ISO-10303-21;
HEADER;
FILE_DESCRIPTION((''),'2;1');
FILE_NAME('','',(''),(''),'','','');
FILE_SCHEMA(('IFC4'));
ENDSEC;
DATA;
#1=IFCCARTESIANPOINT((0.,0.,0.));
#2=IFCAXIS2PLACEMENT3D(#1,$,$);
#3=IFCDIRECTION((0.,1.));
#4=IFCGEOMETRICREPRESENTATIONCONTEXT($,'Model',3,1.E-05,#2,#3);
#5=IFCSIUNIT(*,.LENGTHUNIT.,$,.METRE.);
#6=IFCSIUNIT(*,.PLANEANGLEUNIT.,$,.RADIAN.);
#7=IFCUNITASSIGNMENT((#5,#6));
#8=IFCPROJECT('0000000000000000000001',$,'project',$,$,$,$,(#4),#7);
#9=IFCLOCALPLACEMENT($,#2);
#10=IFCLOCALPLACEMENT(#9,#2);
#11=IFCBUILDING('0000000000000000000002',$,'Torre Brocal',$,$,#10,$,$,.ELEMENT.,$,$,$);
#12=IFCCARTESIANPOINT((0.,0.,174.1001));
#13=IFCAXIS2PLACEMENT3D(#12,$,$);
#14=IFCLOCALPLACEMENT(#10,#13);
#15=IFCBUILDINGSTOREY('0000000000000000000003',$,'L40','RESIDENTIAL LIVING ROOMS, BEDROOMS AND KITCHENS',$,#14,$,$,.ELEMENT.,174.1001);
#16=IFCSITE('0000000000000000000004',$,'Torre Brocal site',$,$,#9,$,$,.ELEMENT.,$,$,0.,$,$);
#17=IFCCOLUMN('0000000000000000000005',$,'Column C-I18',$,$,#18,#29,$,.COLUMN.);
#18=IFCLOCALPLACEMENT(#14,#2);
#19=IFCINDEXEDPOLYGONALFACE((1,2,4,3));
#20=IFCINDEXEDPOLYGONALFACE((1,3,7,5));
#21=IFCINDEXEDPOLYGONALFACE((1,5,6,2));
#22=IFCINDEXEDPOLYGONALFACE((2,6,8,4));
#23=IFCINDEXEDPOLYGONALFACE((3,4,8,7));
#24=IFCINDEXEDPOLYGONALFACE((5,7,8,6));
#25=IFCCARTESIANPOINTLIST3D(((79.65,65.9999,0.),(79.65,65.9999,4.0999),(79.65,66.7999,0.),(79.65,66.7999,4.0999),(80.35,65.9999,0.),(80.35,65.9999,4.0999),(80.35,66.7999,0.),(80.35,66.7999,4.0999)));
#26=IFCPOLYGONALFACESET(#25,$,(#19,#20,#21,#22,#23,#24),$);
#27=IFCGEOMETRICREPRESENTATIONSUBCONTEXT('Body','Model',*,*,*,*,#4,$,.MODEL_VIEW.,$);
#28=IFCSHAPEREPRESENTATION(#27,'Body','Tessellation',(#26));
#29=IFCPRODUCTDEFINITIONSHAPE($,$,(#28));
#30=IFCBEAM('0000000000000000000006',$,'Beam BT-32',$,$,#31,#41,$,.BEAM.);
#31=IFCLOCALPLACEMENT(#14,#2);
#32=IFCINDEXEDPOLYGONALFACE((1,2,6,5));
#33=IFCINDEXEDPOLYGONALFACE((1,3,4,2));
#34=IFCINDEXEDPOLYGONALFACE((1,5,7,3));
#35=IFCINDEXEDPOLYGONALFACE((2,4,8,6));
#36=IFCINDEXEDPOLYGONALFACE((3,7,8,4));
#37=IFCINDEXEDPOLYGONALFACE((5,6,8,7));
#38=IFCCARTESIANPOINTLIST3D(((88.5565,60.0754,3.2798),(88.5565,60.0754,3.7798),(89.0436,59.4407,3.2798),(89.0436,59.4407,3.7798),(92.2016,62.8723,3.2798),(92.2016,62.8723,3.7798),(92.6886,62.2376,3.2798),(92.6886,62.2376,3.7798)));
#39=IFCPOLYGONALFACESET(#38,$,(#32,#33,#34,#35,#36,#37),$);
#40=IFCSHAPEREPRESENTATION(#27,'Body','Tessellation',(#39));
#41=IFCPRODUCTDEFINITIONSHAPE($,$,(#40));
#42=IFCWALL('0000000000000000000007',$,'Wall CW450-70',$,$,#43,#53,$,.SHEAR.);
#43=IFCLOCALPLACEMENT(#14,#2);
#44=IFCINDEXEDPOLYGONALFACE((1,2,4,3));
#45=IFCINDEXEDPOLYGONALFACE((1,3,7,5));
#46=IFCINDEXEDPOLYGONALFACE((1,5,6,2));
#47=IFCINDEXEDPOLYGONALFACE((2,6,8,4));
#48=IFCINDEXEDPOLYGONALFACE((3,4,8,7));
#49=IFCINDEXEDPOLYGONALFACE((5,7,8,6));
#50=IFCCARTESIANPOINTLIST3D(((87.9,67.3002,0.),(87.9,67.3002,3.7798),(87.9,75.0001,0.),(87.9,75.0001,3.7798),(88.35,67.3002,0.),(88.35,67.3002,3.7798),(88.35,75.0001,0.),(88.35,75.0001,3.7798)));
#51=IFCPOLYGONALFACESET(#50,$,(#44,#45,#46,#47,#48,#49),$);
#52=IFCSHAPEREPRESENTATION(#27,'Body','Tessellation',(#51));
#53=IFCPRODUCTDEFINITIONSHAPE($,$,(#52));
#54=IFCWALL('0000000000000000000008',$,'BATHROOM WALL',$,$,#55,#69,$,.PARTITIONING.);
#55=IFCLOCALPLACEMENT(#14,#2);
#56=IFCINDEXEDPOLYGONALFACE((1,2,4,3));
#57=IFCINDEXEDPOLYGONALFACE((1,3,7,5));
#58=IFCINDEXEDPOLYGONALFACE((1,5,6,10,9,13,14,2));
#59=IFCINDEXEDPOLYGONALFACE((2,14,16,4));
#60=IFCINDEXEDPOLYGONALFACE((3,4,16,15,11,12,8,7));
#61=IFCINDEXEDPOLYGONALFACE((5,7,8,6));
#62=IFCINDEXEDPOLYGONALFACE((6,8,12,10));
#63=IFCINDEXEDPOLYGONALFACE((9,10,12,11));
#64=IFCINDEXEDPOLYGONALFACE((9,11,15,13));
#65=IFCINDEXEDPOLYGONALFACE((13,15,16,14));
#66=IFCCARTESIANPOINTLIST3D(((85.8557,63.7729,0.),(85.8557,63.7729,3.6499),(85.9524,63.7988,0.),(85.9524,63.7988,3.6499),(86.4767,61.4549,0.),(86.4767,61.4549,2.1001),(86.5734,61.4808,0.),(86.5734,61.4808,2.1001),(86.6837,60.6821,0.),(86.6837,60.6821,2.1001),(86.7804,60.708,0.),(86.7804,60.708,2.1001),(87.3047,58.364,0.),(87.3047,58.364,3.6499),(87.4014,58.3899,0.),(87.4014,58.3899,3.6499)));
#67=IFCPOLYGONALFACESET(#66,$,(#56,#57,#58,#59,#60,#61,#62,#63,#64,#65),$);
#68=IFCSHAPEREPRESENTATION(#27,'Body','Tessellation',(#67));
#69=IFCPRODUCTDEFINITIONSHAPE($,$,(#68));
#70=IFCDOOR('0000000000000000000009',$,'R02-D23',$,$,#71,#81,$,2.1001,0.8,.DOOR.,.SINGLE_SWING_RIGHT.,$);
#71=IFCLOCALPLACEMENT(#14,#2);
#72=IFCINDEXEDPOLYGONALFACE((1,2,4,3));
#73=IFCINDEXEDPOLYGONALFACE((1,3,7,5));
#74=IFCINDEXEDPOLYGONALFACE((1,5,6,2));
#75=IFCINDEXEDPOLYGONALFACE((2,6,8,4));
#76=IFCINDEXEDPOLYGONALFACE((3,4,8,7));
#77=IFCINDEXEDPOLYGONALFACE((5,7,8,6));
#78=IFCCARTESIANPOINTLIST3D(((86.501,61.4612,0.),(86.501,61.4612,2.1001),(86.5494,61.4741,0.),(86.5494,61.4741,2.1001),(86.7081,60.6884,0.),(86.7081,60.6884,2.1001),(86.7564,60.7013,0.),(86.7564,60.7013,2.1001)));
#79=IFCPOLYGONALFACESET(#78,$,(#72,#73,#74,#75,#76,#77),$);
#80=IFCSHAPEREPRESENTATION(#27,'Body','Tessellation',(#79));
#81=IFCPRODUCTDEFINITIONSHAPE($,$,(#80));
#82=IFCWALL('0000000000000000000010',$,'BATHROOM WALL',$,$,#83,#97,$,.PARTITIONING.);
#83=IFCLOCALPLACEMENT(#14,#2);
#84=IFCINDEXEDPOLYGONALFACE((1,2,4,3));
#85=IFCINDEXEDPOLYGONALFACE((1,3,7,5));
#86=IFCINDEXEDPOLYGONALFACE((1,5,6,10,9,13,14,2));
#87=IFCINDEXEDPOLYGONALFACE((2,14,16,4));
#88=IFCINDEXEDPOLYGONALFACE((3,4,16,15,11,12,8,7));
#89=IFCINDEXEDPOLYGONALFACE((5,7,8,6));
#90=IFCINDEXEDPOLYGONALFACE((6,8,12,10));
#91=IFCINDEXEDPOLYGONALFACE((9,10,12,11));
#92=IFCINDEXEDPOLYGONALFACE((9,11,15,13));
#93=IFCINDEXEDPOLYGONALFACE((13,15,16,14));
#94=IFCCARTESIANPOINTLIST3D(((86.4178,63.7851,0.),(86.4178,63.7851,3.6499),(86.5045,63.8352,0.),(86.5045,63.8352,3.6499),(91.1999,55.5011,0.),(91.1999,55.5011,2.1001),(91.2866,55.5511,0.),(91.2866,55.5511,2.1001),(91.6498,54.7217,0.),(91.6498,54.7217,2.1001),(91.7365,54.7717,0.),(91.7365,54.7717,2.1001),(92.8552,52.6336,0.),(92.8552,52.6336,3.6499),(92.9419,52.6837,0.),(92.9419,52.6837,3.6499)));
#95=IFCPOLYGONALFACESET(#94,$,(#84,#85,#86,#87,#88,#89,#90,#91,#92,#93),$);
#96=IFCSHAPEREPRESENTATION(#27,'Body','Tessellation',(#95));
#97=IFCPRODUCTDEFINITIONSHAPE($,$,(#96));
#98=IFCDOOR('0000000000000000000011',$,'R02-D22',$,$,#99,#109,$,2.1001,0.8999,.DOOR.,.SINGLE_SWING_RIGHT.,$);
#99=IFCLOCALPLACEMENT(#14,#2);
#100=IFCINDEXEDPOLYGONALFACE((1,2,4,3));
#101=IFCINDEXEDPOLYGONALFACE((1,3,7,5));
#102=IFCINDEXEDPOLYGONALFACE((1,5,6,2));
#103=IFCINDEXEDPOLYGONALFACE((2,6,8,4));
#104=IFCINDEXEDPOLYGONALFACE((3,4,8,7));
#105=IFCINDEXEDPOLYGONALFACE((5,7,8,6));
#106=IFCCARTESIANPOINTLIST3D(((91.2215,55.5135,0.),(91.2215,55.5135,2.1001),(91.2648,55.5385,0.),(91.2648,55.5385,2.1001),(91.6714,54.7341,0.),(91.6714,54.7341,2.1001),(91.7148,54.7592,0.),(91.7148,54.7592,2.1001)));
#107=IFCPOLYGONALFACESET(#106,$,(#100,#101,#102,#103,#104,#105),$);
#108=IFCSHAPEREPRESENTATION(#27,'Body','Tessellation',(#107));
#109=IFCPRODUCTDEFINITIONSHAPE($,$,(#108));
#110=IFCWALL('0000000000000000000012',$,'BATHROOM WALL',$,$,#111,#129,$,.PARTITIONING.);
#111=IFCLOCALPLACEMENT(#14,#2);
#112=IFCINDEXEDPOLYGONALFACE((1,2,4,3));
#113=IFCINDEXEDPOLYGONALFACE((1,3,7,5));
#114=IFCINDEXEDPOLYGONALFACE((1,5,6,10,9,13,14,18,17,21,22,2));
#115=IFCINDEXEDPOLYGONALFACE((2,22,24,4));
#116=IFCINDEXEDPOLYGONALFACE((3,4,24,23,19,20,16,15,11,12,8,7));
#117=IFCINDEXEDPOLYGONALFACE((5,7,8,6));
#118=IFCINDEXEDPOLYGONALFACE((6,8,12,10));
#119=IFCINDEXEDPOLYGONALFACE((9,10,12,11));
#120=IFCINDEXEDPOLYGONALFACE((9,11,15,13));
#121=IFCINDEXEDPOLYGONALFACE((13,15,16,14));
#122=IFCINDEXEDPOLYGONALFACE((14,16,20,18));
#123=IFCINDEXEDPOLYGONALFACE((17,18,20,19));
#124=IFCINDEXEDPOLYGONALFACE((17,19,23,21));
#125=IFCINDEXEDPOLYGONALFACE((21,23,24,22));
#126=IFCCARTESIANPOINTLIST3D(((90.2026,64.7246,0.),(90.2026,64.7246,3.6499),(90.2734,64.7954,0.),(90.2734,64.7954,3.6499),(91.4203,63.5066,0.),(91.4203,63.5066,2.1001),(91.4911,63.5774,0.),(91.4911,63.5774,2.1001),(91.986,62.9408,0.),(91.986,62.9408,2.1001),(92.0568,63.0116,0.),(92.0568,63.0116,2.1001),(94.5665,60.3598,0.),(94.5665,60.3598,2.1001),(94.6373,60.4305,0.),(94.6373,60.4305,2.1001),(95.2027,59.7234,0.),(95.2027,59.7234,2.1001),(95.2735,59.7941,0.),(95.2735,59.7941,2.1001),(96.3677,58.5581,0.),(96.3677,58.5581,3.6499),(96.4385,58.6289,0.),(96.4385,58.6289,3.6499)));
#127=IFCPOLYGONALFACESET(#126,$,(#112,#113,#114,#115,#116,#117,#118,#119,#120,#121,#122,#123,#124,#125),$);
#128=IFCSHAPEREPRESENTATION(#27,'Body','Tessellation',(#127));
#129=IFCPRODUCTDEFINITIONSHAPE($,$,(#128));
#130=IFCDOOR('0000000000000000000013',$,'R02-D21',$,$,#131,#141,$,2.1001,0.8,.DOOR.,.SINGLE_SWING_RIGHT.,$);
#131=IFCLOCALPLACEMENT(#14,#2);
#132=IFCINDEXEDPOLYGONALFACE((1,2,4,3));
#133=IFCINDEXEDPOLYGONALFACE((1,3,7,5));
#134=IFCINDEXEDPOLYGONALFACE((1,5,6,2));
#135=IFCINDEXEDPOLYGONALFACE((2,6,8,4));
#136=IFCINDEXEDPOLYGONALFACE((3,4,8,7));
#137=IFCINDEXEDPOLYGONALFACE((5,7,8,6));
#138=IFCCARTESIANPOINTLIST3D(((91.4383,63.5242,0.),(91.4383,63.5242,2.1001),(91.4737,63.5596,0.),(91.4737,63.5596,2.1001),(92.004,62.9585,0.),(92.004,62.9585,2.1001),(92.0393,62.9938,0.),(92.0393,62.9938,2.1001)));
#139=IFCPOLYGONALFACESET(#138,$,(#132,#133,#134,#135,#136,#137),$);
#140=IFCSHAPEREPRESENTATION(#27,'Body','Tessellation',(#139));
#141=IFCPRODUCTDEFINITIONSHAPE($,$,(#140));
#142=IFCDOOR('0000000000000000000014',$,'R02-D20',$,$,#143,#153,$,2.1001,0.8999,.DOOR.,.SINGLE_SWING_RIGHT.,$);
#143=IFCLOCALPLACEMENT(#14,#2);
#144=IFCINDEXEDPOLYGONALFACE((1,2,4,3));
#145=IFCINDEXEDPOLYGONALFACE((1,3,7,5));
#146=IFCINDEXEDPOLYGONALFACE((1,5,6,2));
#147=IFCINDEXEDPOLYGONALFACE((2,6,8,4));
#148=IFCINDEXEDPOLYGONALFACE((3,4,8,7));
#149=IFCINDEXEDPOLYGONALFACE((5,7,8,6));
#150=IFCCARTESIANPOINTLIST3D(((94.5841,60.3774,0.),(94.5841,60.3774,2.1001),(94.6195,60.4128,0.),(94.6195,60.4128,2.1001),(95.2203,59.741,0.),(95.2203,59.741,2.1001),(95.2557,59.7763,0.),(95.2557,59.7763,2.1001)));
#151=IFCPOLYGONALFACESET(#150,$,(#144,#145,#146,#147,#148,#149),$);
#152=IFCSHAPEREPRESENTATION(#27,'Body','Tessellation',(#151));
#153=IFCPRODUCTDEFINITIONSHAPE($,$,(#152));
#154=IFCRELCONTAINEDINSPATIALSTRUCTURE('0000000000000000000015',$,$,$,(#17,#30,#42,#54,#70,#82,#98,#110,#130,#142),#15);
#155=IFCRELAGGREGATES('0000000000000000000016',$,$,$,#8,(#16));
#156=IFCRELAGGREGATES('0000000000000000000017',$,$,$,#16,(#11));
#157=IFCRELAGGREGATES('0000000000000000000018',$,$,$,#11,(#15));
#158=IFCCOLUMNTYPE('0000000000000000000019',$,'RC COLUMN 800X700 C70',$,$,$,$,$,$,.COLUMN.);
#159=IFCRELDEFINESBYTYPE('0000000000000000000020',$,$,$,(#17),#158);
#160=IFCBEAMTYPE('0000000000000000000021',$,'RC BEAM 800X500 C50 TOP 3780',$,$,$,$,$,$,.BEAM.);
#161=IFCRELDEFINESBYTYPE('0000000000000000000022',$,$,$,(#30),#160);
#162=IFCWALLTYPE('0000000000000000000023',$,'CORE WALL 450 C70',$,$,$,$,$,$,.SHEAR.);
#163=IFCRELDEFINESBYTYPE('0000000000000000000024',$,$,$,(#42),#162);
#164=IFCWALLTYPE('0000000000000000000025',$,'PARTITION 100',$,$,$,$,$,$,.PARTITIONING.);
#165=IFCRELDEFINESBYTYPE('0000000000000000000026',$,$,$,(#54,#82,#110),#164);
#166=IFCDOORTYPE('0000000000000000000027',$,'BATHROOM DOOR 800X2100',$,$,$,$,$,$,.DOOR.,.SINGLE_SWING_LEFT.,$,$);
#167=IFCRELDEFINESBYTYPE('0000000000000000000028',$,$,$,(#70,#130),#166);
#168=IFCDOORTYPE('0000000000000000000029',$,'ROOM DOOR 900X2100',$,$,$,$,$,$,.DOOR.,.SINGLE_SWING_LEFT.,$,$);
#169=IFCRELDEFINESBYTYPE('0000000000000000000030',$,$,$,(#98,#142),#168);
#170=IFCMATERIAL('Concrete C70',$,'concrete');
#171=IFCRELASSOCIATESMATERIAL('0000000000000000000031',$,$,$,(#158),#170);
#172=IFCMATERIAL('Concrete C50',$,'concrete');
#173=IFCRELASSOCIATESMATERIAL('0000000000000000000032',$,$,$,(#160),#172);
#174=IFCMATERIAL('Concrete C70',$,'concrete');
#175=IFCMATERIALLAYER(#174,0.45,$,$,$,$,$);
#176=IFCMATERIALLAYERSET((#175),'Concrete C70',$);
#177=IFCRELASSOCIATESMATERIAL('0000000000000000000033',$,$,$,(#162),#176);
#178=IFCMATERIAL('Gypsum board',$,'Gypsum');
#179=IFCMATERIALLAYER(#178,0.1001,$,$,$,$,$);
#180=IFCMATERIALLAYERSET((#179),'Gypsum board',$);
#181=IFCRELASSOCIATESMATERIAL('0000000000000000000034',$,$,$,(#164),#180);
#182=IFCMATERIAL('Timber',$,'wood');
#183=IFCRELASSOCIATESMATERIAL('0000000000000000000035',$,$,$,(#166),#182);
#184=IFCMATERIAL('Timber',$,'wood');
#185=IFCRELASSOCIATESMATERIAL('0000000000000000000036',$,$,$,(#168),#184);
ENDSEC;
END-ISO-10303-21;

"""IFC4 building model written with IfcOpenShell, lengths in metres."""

from ifc_helpers import new_model, si_unit, direction, frame, frame_2d, origin, origin_2d, place, context, subcontext, project, spatial, rectangle, extrude, material, layer, layer_set, material_profile, profile_set, type_object, element, fill, save


model = new_model("IFC4")

# Units and contexts
model_context = context("Model", 3, precision=1e-05, world=origin(), true_north=direction((0.0, 1.0)))
body_context = subcontext(model_context, "Body", "Model", "MODEL_VIEW")
ifc_project = project(units=[si_unit("LENGTHUNIT", "METRE"), si_unit("PLANEANGLEUNIT", "RADIAN")], contexts=[model_context])

# Site, building, storey
site_placement = place(None, origin())
site = spatial("IfcSite", under=ifc_project, at=site_placement, Name="Torre Brocal site", CompositionType="ELEMENT", RefElevation=0.0)
building_placement = place(site_placement, origin())
building = spatial("IfcBuilding", under=site, at=building_placement, Name="Torre Brocal", CompositionType="ELEMENT")
storey_placement = place(building_placement, frame((0.0, 0.0, 174.1001)))
storey = spatial("IfcBuildingStorey", under=building, at=storey_placement, Name="L40", Description="RESIDENTIAL LIVING ROOMS, BEDROOMS AND KITCHENS", CompositionType="ELEMENT", Elevation=174.1001)

# Column
ifc_material_1 = material(Name="Concrete C70", Category="concrete")
ifc_material_profile_1 = material_profile(ifc_material_1, rectangle(XDim=0.8, YDim=0.7, at=origin_2d()), Name="RC 800X700")
ifc_profile_set_1 = profile_set([ifc_material_profile_1], Name="Concrete C70")
column_type = type_object("IfcColumnType", Name="RC COLUMN 800X700 C70", PredefinedType="COLUMN", material=ifc_profile_set_1)
column_placement = place(storey_placement, frame((80.0, 66.3999, 0.0), z_axis=(0.0, 0.0, 1.0), x_axis=(0.0, -1.0, 0.0)))
element("IfcColumn", 1, at=column_placement, inside=storey, type_object=column_type, Name="Column C-I18", PredefinedType="COLUMN", context=body_context, shape_type="SweptSolid", body=[
    extrude(rectangle(XDim=0.8, YDim=0.7, at=origin_2d()), origin(), (0.0, 0.0, 1.0), 4.0999),
])

# Beam
ifc_material_2 = material(Name="Concrete C50", Category="concrete")
ifc_material_profile_2 = material_profile(ifc_material_2, rectangle(XDim=0.8, YDim=0.5, at=origin_2d()), Name="RC 800X500")
ifc_profile_set_2 = profile_set([ifc_material_profile_2], Name="Concrete C50")
beam_type = type_object("IfcBeamType", Name="RC BEAM 800X500 C50 TOP 3780", PredefinedType="BEAM", material=ifc_profile_set_2)
beam_placement = place(storey_placement, frame((88.8, 59.7581, 3.5298), z_axis=(0.793358, 0.608755, 0.0), x_axis=(-0.608755, 0.793358, 0.0)))
element("IfcBeam", 2, at=beam_placement, inside=storey, type_object=beam_type, Name="Beam BT-32", PredefinedType="BEAM", context=body_context, shape_type="SweptSolid", body=[
    extrude(rectangle(XDim=0.8, YDim=0.5, at=origin_2d()), origin(), (0.0, 0.0, 1.0), 4.5945),
])

# Wall
ifc_material_3 = material(Name="Concrete C70", Category="concrete")
ifc_layer_1 = layer(ifc_material_3, 0.45)
ifc_layer_set_1 = layer_set([ifc_layer_1], Name="Concrete C70")
wall_type_1 = type_object("IfcWallType", Name="CORE WALL 450 C70", PredefinedType="SHEAR", material=ifc_layer_set_1)
wall_1_placement = place(storey_placement, frame((88.125, 67.3, 0.0), z_axis=(0.0, 0.0, 1.0), x_axis=(0.0, 1.0, 0.0)))
element("IfcWall", 3, at=wall_1_placement, inside=storey, type_object=wall_type_1, Name="Wall CW450-70", PredefinedType="SHEAR", context=body_context, shape_type="SweptSolid", body=[
    extrude(rectangle(XDim=7.7, YDim=0.45, at=frame_2d((3.8501, 0.0))), origin(), (0.0, 0.0, 1.0), 3.7798),
])

# Walls, openings, doors
ifc_material_4 = material(Name="Gypsum board", Category="Gypsum")
ifc_layer_2 = layer(ifc_material_4, 0.1001)
ifc_layer_set_2 = layer_set([ifc_layer_2], Name="Gypsum board")
wall_type_2 = type_object("IfcWallType", Name="PARTITION 100", PredefinedType="PARTITIONING", material=ifc_layer_set_2)
wall_2_placement = place(storey_placement, frame((85.9041, 63.7859, 0.0), z_axis=(0.0, 0.0, 1.0), x_axis=(0.258762, -0.965941, 0.0)))
wall_2 = element("IfcWall", 4, at=wall_2_placement, inside=storey, type_object=wall_type_2, Name="BATHROOM WALL", PredefinedType="PARTITIONING", context=body_context, shape_type="SweptSolid", body=[
    extrude(rectangle(XDim=5.5996, YDim=0.1001, at=frame_2d((2.7998, 0.0))), origin(), (0.0, 0.0, 1.0), 3.6499),
])
opening_1_placement = place(wall_2_placement, frame((2.3999, 0.0, 0.0)))
opening_1 = element("IfcOpeningElement", 5, at=opening_1_placement, cuts=wall_2, PredefinedType="OPENING", context=body_context, shape_type="SweptSolid", body=[
    extrude(rectangle(XDim=0.8, YDim=2.1001, at=frame_2d((0.3999, 1.05))), frame((0.0, 0.0601, 0.0), z_axis=(0.0, -1.0, 0.0), x_axis=(1.0, 0.0, 0.0)), (0.0, 0.0, 1.0), 0.1201),
])
ifc_material_5 = material(Name="Timber", Category="wood")
door_type_1 = type_object("IfcDoorType", Name="BATHROOM DOOR 800X2100", OperationType="SINGLE_SWING_LEFT", PredefinedType="DOOR", material=ifc_material_5)
door_1_placement = place(opening_1_placement, frame((0.8, 0.0, 0.0), z_axis=(0.0, 0.0, 1.0), x_axis=(-1.0, 0.0, 0.0)))
door_1 = element("IfcDoor", 6, at=door_1_placement, inside=storey, type_object=door_type_1, Name="R02-D23", OperationType="SINGLE_SWING_RIGHT", OverallHeight=2.1001, OverallWidth=0.8, PredefinedType="DOOR", context=body_context, shape_type="SweptSolid", body=[
    extrude(rectangle(XDim=0.8, YDim=2.1001, at=frame_2d((0.3999, 1.05))), frame((0.0, 0.0249, 0.0), z_axis=(0.0, -1.0, 0.0), x_axis=(1.0, 0.0, 0.0)), (0.0, 0.0, 1.0), 0.05),
])
fill(opening_1, door_1)
wall_3_placement = place(storey_placement, frame((86.4612, 63.8101, 0.0), z_axis=(0.0, 0.0, 1.0), x_axis=(0.499948, -0.866055, 0.0)))
wall_3 = element("IfcWall", 7, at=wall_3_placement, inside=storey, type_object=wall_type_2, Name="BATHROOM WALL", PredefinedType="PARTITIONING", context=body_context, shape_type="SweptSolid", body=[
    extrude(rectangle(XDim=12.8762, YDim=0.1001, at=frame_2d((6.438, 0.0))), origin(), (0.0, 0.0, 1.0), 3.6499),
])
opening_2_placement = place(wall_3_placement, frame((9.5652, 0.0, 0.0)))
opening_2 = element("IfcOpeningElement", 8, at=opening_2_placement, cuts=wall_3, PredefinedType="OPENING", context=body_context, shape_type="SweptSolid", body=[
    extrude(rectangle(XDim=0.8999, YDim=2.1001, at=frame_2d((0.45, 1.05))), frame((0.0, 0.0601, 0.0), z_axis=(0.0, -1.0, 0.0), x_axis=(1.0, 0.0, 0.0)), (0.0, 0.0, 1.0), 0.1201),
])
ifc_material_6 = material(Name="Timber", Category="wood")
door_type_2 = type_object("IfcDoorType", Name="ROOM DOOR 900X2100", OperationType="SINGLE_SWING_LEFT", PredefinedType="DOOR", material=ifc_material_6)
door_2_placement = place(opening_2_placement, origin())
door_2 = element("IfcDoor", 9, at=door_2_placement, inside=storey, type_object=door_type_2, Name="R02-D22", OperationType="SINGLE_SWING_RIGHT", OverallHeight=2.1001, OverallWidth=0.8999, PredefinedType="DOOR", context=body_context, shape_type="SweptSolid", body=[
    extrude(rectangle(XDim=0.8999, YDim=2.1001, at=frame_2d((0.45, 1.05))), frame((0.0, 0.0249, 0.0), z_axis=(0.0, -1.0, 0.0), x_axis=(1.0, 0.0, 0.0)), (0.0, 0.0, 1.0), 0.05),
])
fill(opening_2, door_2)

# Wall, openings, doors
wall_4_placement = place(storey_placement, frame((90.238, 64.76, 0.0), z_axis=(0.0, 0.0, 1.0), x_axis=(0.707023, -0.707191, 0.0)))
wall_4 = element("IfcWall", 10, at=wall_4_placement, inside=storey, type_object=wall_type_2, Name="BATHROOM WALL", PredefinedType="PARTITIONING", context=body_context, shape_type="SweptSolid", body=[
    extrude(rectangle(XDim=8.7197, YDim=0.1001, at=frame_2d((4.3599, 0.0))), origin(), (0.0, 0.0, 1.0), 3.6499),
])
opening_3_placement = place(wall_4_placement, frame((6.1721, 0.0, 0.0)))
opening_3 = element("IfcOpeningElement", 11, at=opening_3_placement, cuts=wall_4, PredefinedType="OPENING", context=body_context, shape_type="SweptSolid", body=[
    extrude(rectangle(XDim=0.8999, YDim=2.1001, at=frame_2d((0.45, 1.05))), frame((0.0, 0.0601, 0.0), z_axis=(0.0, -1.0, 0.0), x_axis=(1.0, 0.0, 0.0)), (0.0, 0.0, 1.0), 0.1201),
])
opening_4_placement = place(wall_4_placement, frame((1.7224, 0.0, 0.0)))
opening_4 = element("IfcOpeningElement", 12, at=opening_4_placement, cuts=wall_4, PredefinedType="OPENING", context=body_context, shape_type="SweptSolid", body=[
    extrude(rectangle(XDim=0.8, YDim=2.1001, at=frame_2d((0.3999, 1.05))), frame((0.0, 0.0601, 0.0), z_axis=(0.0, -1.0, 0.0), x_axis=(1.0, 0.0, 0.0)), (0.0, 0.0, 1.0), 0.1201),
])
door_3_placement = place(opening_4_placement, frame((0.8, 0.0, 0.0), z_axis=(0.0, 0.0, 1.0), x_axis=(-1.0, 0.0, 0.0)))
door_3 = element("IfcDoor", 13, at=door_3_placement, inside=storey, type_object=door_type_1, Name="R02-D21", OperationType="SINGLE_SWING_RIGHT", OverallHeight=2.1001, OverallWidth=0.8, PredefinedType="DOOR", context=body_context, shape_type="SweptSolid", body=[
    extrude(rectangle(XDim=0.8, YDim=2.1001, at=frame_2d((0.3999, 1.05))), frame((0.0, 0.0249, 0.0), z_axis=(0.0, -1.0, 0.0), x_axis=(1.0, 0.0, 0.0)), (0.0, 0.0, 1.0), 0.05),
])
fill(opening_4, door_3)
door_4_placement = place(opening_3_placement, origin())
door_4 = element("IfcDoor", 14, at=door_4_placement, inside=storey, type_object=door_type_2, Name="R02-D20", OperationType="SINGLE_SWING_RIGHT", OverallHeight=2.1001, OverallWidth=0.8999, PredefinedType="DOOR", context=body_context, shape_type="SweptSolid", body=[
    extrude(rectangle(XDim=0.8999, YDim=2.1001, at=frame_2d((0.45, 1.05))), frame((0.0, 0.0249, 0.0), z_axis=(0.0, -1.0, 0.0), x_axis=(1.0, 0.0, 0.0)), (0.0, 0.0, 1.0), 0.05),
])
fill(opening_3, door_4)

save(model, "model.ifc")
